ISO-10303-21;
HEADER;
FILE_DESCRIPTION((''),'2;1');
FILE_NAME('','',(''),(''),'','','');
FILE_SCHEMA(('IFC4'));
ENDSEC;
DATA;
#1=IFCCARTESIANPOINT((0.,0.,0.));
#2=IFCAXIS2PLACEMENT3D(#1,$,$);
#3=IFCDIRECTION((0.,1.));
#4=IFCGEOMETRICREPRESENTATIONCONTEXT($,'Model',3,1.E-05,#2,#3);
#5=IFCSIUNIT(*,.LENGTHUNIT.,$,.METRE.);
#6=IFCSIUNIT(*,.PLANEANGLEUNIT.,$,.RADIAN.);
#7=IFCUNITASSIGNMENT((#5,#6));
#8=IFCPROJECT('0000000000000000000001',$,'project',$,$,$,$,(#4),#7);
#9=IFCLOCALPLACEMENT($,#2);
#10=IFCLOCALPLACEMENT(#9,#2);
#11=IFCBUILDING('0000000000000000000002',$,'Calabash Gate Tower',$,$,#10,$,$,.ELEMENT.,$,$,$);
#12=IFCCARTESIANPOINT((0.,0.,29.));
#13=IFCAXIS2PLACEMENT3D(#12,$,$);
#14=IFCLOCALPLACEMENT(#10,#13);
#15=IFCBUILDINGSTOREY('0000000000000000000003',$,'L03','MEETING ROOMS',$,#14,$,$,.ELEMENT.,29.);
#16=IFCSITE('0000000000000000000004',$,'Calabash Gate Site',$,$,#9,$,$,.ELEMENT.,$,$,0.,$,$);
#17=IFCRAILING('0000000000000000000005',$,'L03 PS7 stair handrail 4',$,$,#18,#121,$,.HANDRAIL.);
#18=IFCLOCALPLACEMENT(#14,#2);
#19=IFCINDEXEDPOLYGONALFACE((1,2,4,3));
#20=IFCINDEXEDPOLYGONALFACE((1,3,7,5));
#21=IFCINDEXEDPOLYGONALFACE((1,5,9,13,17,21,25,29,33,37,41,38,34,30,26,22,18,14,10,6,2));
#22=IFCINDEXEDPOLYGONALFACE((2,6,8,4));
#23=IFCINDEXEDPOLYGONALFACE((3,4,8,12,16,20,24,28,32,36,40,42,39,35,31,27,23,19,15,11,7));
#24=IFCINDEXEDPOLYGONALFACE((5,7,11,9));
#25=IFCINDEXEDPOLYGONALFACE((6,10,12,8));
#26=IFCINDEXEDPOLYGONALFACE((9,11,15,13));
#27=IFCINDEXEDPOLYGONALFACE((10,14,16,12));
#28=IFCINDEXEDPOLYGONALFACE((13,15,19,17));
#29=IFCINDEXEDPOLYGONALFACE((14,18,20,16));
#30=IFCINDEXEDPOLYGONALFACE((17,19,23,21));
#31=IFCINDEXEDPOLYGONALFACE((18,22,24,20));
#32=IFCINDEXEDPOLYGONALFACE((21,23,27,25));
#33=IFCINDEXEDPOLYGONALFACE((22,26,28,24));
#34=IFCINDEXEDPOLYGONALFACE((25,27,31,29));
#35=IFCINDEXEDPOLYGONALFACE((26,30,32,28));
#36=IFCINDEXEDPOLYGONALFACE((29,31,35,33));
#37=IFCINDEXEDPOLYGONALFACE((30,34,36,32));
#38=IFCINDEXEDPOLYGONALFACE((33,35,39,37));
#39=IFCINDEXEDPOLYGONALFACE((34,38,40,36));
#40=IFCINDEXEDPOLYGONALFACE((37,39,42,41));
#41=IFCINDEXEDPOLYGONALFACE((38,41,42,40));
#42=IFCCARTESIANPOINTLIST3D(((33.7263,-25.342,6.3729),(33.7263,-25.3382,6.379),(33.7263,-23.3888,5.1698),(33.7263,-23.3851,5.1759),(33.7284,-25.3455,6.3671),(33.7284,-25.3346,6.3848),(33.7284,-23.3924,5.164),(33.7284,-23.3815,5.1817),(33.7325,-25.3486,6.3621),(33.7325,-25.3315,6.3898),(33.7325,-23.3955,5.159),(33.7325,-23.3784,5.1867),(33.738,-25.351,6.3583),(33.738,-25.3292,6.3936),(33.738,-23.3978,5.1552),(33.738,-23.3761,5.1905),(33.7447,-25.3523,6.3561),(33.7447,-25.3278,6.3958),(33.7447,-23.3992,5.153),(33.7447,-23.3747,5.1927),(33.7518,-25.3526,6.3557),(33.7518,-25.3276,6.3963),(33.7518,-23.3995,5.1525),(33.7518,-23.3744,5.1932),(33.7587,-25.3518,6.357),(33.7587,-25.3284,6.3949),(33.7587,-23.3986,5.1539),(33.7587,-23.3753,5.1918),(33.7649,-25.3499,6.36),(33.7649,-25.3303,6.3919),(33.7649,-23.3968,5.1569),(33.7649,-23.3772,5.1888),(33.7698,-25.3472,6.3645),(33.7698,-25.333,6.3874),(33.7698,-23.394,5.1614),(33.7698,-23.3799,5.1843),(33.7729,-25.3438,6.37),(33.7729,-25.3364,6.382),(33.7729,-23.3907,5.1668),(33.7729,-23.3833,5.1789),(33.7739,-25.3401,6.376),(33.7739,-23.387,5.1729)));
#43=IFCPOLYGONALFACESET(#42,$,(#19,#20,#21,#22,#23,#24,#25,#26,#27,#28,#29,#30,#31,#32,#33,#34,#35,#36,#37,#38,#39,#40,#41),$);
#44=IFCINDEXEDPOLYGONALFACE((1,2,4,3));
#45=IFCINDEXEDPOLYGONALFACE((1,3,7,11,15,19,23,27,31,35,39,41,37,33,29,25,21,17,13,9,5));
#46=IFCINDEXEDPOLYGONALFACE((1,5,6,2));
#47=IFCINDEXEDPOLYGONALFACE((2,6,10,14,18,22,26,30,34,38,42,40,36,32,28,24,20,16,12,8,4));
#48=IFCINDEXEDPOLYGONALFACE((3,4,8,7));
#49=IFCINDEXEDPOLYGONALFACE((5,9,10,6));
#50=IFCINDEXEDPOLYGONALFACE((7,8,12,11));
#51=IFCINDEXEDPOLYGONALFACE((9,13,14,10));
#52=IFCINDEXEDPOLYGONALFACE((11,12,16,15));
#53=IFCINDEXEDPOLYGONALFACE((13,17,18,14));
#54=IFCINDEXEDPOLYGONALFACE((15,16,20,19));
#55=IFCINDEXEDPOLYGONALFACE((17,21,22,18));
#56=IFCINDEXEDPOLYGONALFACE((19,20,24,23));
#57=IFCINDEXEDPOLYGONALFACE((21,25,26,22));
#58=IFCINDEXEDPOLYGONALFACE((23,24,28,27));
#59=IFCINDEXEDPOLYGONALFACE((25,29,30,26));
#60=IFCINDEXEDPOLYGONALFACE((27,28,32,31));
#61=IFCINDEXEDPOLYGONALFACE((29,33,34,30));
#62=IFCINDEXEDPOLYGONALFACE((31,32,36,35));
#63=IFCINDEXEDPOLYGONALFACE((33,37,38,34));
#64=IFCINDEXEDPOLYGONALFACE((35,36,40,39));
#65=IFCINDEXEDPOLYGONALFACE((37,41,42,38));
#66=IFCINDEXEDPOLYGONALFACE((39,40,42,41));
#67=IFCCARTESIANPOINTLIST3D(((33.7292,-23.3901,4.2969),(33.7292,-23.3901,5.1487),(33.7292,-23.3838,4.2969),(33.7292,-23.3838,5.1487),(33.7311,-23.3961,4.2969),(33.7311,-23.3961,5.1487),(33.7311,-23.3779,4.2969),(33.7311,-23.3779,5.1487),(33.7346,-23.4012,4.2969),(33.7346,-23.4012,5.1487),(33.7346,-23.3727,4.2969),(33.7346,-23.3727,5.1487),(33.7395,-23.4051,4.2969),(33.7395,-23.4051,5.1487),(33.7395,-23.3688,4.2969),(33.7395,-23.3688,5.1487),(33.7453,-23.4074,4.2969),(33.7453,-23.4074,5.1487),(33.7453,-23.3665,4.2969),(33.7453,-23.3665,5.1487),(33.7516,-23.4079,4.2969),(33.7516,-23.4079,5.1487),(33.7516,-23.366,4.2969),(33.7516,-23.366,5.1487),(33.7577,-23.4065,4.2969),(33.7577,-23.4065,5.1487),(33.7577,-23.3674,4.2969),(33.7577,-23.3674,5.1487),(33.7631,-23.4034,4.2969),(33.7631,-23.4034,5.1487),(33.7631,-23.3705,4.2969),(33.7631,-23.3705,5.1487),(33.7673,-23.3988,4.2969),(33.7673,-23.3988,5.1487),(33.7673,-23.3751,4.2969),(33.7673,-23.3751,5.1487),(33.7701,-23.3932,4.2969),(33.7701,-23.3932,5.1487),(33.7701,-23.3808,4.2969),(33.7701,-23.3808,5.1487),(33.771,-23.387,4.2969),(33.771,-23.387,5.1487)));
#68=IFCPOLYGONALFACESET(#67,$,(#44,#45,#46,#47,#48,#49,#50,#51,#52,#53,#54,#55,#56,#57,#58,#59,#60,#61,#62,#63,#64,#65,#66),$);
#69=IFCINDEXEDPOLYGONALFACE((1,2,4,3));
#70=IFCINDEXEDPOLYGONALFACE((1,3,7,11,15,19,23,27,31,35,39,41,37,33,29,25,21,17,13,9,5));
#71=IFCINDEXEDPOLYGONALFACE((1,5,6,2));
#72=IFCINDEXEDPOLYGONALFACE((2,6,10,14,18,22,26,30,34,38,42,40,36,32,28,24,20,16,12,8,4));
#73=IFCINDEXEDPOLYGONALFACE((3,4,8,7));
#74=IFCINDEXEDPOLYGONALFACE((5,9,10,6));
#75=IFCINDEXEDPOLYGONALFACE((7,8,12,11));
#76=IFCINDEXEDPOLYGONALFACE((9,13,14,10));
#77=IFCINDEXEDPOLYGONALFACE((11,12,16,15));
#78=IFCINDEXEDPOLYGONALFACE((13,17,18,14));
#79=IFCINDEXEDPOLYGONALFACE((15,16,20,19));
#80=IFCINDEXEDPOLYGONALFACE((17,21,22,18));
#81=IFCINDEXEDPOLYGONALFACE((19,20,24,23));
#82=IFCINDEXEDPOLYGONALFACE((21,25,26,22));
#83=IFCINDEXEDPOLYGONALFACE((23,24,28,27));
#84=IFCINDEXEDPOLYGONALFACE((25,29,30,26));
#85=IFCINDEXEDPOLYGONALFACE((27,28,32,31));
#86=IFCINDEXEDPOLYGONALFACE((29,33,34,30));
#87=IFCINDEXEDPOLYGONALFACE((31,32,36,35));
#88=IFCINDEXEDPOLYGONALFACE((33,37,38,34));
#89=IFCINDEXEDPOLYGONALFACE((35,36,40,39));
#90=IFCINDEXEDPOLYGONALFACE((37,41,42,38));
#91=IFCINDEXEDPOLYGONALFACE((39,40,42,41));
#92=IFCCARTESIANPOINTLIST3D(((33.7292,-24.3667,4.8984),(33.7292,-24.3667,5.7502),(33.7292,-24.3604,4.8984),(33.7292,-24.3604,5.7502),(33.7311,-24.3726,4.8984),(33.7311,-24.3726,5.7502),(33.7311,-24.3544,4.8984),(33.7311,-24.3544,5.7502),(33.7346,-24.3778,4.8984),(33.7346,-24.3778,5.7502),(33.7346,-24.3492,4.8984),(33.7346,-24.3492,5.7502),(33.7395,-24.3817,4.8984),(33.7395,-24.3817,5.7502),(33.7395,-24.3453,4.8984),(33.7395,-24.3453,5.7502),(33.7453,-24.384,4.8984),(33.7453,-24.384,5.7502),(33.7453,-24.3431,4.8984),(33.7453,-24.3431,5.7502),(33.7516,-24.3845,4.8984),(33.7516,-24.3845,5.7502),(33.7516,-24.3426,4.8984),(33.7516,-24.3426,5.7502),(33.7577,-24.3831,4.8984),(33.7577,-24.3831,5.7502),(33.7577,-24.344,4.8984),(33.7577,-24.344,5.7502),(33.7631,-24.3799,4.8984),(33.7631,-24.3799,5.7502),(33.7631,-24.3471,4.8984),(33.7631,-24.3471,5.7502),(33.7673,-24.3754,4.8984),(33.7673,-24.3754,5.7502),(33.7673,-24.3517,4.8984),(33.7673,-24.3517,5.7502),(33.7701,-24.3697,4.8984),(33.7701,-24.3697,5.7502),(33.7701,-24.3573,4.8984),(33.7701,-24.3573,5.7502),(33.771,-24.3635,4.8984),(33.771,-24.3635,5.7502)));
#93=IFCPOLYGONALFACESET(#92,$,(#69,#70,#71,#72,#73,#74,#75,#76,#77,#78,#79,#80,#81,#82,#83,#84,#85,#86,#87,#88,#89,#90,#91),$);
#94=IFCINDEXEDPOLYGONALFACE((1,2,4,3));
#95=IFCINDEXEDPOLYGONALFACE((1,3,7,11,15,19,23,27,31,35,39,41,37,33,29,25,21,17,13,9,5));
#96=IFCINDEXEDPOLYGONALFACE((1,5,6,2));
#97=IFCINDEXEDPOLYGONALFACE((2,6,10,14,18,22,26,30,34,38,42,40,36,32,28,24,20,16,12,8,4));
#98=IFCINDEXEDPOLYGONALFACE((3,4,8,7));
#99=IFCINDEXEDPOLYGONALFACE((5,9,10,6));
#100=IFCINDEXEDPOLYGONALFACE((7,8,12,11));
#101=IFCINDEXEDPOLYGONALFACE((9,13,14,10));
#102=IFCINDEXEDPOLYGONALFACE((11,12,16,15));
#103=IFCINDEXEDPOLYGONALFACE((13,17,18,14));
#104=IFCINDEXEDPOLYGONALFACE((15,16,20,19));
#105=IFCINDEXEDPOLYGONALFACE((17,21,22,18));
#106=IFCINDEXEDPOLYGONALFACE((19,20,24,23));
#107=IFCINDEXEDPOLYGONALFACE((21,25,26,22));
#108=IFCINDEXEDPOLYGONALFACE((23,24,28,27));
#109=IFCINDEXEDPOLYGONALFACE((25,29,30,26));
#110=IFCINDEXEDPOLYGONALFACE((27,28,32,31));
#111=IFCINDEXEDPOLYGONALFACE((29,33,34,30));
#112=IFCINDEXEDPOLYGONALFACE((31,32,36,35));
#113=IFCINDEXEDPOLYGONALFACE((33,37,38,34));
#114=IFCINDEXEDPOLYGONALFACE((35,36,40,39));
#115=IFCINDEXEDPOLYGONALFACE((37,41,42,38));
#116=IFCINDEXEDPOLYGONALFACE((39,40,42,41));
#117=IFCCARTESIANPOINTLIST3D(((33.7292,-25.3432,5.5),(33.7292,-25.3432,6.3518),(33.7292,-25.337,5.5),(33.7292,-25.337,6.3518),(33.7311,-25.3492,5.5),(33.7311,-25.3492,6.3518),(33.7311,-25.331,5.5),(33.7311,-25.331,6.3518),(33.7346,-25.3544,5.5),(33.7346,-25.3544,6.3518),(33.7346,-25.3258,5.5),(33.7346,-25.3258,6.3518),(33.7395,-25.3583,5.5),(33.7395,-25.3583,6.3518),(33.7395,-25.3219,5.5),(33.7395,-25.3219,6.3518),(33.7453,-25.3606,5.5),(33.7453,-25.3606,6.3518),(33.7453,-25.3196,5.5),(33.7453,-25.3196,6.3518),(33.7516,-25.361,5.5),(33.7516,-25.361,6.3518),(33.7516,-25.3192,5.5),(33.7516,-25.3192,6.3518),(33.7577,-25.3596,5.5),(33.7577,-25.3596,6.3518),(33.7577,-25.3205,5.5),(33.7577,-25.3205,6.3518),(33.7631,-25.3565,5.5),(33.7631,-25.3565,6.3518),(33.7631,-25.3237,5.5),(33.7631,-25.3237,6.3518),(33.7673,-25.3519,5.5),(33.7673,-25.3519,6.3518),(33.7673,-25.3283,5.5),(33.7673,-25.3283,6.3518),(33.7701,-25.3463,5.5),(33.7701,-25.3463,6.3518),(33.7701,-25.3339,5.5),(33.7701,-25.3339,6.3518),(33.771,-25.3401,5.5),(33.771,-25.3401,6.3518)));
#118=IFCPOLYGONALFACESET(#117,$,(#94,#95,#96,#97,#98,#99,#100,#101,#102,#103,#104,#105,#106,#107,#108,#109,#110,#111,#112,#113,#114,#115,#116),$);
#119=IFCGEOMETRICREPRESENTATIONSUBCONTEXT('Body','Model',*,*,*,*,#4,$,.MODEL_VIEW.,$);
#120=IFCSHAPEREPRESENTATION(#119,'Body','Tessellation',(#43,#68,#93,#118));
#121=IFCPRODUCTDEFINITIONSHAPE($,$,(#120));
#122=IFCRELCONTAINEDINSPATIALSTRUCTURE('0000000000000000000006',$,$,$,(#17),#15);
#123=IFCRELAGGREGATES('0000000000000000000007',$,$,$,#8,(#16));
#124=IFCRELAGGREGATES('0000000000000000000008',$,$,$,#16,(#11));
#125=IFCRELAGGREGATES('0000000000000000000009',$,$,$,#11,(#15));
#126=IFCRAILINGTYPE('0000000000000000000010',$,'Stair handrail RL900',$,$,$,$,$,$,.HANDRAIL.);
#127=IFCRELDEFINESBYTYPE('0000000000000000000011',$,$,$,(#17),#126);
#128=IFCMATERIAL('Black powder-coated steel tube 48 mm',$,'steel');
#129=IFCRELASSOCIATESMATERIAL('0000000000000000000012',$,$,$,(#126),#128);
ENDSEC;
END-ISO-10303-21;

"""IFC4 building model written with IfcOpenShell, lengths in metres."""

from ifc_helpers import new_model, si_unit, direction, frame, origin, origin_2d, place, context, subcontext, project, spatial, circle, extrude, material, type_object, element, save


model = new_model("IFC4")

# Units and contexts
model_context = context("Model", 3, precision=1e-05, world=origin(), true_north=direction((0.0, 1.0)))
body_context = subcontext(model_context, "Body", "Model", "MODEL_VIEW")
ifc_project = project(units=[si_unit("LENGTHUNIT", "METRE"), si_unit("PLANEANGLEUNIT", "RADIAN")], contexts=[model_context])

# Site, building, storey
site_placement = place(None, origin())
site = spatial("IfcSite", under=ifc_project, at=site_placement, Name="Calabash Gate Site", CompositionType="ELEMENT", RefElevation=0.0)
building_placement = place(site_placement, origin())
building = spatial("IfcBuilding", under=site, at=building_placement, Name="Calabash Gate Tower", CompositionType="ELEMENT")
storey_placement = place(building_placement, frame((0.0, 0.0, 29.0)))
storey = spatial("IfcBuildingStorey", under=building, at=storey_placement, Name="L03", Description="MEETING ROOMS", CompositionType="ELEMENT", Elevation=29.0)

# Railing
ifc_material_1 = material(Name="Black powder-coated steel tube 48 mm", Category="steel")
railing_type_1 = type_object("IfcRailingType", Name="Stair handrail RL900", PredefinedType="HANDRAIL", material=ifc_material_1)
for number, where, name in (
    (1, (33.75, -23.387, 4.2969), "L03 PS7 stair handrail 4"),
):
    element("IfcRailing", number, at=place(storey_placement, frame(where)), inside=storey, type_object=railing_type_1, Name=name, PredefinedType="HANDRAIL", context=body_context, shape_type="SweptSolid", body=[
        extrude(circle(Radius=0.0239, at=origin_2d()), frame((0.0, 0.0, 0.876), z_axis=(0.0, -0.851424, 0.524477), x_axis=(1.0, 0.0, 0.0)), (0.0, 0.0, 1.0), 2.2939),
        extrude(circle(Radius=0.021, at=origin_2d()), origin(), (0.0, 0.0, 1.0), 0.8518),
        extrude(circle(Radius=0.021, at=origin_2d()), frame((0.0, -0.9766, 0.6016)), (0.0, 0.0, 1.0), 0.8518),
        extrude(circle(Radius=0.021, at=origin_2d()), frame((0.0, -1.9531, 1.2031)), (0.0, 0.0, 1.0), 0.8518),
    ])

save(model, "model.ifc")
